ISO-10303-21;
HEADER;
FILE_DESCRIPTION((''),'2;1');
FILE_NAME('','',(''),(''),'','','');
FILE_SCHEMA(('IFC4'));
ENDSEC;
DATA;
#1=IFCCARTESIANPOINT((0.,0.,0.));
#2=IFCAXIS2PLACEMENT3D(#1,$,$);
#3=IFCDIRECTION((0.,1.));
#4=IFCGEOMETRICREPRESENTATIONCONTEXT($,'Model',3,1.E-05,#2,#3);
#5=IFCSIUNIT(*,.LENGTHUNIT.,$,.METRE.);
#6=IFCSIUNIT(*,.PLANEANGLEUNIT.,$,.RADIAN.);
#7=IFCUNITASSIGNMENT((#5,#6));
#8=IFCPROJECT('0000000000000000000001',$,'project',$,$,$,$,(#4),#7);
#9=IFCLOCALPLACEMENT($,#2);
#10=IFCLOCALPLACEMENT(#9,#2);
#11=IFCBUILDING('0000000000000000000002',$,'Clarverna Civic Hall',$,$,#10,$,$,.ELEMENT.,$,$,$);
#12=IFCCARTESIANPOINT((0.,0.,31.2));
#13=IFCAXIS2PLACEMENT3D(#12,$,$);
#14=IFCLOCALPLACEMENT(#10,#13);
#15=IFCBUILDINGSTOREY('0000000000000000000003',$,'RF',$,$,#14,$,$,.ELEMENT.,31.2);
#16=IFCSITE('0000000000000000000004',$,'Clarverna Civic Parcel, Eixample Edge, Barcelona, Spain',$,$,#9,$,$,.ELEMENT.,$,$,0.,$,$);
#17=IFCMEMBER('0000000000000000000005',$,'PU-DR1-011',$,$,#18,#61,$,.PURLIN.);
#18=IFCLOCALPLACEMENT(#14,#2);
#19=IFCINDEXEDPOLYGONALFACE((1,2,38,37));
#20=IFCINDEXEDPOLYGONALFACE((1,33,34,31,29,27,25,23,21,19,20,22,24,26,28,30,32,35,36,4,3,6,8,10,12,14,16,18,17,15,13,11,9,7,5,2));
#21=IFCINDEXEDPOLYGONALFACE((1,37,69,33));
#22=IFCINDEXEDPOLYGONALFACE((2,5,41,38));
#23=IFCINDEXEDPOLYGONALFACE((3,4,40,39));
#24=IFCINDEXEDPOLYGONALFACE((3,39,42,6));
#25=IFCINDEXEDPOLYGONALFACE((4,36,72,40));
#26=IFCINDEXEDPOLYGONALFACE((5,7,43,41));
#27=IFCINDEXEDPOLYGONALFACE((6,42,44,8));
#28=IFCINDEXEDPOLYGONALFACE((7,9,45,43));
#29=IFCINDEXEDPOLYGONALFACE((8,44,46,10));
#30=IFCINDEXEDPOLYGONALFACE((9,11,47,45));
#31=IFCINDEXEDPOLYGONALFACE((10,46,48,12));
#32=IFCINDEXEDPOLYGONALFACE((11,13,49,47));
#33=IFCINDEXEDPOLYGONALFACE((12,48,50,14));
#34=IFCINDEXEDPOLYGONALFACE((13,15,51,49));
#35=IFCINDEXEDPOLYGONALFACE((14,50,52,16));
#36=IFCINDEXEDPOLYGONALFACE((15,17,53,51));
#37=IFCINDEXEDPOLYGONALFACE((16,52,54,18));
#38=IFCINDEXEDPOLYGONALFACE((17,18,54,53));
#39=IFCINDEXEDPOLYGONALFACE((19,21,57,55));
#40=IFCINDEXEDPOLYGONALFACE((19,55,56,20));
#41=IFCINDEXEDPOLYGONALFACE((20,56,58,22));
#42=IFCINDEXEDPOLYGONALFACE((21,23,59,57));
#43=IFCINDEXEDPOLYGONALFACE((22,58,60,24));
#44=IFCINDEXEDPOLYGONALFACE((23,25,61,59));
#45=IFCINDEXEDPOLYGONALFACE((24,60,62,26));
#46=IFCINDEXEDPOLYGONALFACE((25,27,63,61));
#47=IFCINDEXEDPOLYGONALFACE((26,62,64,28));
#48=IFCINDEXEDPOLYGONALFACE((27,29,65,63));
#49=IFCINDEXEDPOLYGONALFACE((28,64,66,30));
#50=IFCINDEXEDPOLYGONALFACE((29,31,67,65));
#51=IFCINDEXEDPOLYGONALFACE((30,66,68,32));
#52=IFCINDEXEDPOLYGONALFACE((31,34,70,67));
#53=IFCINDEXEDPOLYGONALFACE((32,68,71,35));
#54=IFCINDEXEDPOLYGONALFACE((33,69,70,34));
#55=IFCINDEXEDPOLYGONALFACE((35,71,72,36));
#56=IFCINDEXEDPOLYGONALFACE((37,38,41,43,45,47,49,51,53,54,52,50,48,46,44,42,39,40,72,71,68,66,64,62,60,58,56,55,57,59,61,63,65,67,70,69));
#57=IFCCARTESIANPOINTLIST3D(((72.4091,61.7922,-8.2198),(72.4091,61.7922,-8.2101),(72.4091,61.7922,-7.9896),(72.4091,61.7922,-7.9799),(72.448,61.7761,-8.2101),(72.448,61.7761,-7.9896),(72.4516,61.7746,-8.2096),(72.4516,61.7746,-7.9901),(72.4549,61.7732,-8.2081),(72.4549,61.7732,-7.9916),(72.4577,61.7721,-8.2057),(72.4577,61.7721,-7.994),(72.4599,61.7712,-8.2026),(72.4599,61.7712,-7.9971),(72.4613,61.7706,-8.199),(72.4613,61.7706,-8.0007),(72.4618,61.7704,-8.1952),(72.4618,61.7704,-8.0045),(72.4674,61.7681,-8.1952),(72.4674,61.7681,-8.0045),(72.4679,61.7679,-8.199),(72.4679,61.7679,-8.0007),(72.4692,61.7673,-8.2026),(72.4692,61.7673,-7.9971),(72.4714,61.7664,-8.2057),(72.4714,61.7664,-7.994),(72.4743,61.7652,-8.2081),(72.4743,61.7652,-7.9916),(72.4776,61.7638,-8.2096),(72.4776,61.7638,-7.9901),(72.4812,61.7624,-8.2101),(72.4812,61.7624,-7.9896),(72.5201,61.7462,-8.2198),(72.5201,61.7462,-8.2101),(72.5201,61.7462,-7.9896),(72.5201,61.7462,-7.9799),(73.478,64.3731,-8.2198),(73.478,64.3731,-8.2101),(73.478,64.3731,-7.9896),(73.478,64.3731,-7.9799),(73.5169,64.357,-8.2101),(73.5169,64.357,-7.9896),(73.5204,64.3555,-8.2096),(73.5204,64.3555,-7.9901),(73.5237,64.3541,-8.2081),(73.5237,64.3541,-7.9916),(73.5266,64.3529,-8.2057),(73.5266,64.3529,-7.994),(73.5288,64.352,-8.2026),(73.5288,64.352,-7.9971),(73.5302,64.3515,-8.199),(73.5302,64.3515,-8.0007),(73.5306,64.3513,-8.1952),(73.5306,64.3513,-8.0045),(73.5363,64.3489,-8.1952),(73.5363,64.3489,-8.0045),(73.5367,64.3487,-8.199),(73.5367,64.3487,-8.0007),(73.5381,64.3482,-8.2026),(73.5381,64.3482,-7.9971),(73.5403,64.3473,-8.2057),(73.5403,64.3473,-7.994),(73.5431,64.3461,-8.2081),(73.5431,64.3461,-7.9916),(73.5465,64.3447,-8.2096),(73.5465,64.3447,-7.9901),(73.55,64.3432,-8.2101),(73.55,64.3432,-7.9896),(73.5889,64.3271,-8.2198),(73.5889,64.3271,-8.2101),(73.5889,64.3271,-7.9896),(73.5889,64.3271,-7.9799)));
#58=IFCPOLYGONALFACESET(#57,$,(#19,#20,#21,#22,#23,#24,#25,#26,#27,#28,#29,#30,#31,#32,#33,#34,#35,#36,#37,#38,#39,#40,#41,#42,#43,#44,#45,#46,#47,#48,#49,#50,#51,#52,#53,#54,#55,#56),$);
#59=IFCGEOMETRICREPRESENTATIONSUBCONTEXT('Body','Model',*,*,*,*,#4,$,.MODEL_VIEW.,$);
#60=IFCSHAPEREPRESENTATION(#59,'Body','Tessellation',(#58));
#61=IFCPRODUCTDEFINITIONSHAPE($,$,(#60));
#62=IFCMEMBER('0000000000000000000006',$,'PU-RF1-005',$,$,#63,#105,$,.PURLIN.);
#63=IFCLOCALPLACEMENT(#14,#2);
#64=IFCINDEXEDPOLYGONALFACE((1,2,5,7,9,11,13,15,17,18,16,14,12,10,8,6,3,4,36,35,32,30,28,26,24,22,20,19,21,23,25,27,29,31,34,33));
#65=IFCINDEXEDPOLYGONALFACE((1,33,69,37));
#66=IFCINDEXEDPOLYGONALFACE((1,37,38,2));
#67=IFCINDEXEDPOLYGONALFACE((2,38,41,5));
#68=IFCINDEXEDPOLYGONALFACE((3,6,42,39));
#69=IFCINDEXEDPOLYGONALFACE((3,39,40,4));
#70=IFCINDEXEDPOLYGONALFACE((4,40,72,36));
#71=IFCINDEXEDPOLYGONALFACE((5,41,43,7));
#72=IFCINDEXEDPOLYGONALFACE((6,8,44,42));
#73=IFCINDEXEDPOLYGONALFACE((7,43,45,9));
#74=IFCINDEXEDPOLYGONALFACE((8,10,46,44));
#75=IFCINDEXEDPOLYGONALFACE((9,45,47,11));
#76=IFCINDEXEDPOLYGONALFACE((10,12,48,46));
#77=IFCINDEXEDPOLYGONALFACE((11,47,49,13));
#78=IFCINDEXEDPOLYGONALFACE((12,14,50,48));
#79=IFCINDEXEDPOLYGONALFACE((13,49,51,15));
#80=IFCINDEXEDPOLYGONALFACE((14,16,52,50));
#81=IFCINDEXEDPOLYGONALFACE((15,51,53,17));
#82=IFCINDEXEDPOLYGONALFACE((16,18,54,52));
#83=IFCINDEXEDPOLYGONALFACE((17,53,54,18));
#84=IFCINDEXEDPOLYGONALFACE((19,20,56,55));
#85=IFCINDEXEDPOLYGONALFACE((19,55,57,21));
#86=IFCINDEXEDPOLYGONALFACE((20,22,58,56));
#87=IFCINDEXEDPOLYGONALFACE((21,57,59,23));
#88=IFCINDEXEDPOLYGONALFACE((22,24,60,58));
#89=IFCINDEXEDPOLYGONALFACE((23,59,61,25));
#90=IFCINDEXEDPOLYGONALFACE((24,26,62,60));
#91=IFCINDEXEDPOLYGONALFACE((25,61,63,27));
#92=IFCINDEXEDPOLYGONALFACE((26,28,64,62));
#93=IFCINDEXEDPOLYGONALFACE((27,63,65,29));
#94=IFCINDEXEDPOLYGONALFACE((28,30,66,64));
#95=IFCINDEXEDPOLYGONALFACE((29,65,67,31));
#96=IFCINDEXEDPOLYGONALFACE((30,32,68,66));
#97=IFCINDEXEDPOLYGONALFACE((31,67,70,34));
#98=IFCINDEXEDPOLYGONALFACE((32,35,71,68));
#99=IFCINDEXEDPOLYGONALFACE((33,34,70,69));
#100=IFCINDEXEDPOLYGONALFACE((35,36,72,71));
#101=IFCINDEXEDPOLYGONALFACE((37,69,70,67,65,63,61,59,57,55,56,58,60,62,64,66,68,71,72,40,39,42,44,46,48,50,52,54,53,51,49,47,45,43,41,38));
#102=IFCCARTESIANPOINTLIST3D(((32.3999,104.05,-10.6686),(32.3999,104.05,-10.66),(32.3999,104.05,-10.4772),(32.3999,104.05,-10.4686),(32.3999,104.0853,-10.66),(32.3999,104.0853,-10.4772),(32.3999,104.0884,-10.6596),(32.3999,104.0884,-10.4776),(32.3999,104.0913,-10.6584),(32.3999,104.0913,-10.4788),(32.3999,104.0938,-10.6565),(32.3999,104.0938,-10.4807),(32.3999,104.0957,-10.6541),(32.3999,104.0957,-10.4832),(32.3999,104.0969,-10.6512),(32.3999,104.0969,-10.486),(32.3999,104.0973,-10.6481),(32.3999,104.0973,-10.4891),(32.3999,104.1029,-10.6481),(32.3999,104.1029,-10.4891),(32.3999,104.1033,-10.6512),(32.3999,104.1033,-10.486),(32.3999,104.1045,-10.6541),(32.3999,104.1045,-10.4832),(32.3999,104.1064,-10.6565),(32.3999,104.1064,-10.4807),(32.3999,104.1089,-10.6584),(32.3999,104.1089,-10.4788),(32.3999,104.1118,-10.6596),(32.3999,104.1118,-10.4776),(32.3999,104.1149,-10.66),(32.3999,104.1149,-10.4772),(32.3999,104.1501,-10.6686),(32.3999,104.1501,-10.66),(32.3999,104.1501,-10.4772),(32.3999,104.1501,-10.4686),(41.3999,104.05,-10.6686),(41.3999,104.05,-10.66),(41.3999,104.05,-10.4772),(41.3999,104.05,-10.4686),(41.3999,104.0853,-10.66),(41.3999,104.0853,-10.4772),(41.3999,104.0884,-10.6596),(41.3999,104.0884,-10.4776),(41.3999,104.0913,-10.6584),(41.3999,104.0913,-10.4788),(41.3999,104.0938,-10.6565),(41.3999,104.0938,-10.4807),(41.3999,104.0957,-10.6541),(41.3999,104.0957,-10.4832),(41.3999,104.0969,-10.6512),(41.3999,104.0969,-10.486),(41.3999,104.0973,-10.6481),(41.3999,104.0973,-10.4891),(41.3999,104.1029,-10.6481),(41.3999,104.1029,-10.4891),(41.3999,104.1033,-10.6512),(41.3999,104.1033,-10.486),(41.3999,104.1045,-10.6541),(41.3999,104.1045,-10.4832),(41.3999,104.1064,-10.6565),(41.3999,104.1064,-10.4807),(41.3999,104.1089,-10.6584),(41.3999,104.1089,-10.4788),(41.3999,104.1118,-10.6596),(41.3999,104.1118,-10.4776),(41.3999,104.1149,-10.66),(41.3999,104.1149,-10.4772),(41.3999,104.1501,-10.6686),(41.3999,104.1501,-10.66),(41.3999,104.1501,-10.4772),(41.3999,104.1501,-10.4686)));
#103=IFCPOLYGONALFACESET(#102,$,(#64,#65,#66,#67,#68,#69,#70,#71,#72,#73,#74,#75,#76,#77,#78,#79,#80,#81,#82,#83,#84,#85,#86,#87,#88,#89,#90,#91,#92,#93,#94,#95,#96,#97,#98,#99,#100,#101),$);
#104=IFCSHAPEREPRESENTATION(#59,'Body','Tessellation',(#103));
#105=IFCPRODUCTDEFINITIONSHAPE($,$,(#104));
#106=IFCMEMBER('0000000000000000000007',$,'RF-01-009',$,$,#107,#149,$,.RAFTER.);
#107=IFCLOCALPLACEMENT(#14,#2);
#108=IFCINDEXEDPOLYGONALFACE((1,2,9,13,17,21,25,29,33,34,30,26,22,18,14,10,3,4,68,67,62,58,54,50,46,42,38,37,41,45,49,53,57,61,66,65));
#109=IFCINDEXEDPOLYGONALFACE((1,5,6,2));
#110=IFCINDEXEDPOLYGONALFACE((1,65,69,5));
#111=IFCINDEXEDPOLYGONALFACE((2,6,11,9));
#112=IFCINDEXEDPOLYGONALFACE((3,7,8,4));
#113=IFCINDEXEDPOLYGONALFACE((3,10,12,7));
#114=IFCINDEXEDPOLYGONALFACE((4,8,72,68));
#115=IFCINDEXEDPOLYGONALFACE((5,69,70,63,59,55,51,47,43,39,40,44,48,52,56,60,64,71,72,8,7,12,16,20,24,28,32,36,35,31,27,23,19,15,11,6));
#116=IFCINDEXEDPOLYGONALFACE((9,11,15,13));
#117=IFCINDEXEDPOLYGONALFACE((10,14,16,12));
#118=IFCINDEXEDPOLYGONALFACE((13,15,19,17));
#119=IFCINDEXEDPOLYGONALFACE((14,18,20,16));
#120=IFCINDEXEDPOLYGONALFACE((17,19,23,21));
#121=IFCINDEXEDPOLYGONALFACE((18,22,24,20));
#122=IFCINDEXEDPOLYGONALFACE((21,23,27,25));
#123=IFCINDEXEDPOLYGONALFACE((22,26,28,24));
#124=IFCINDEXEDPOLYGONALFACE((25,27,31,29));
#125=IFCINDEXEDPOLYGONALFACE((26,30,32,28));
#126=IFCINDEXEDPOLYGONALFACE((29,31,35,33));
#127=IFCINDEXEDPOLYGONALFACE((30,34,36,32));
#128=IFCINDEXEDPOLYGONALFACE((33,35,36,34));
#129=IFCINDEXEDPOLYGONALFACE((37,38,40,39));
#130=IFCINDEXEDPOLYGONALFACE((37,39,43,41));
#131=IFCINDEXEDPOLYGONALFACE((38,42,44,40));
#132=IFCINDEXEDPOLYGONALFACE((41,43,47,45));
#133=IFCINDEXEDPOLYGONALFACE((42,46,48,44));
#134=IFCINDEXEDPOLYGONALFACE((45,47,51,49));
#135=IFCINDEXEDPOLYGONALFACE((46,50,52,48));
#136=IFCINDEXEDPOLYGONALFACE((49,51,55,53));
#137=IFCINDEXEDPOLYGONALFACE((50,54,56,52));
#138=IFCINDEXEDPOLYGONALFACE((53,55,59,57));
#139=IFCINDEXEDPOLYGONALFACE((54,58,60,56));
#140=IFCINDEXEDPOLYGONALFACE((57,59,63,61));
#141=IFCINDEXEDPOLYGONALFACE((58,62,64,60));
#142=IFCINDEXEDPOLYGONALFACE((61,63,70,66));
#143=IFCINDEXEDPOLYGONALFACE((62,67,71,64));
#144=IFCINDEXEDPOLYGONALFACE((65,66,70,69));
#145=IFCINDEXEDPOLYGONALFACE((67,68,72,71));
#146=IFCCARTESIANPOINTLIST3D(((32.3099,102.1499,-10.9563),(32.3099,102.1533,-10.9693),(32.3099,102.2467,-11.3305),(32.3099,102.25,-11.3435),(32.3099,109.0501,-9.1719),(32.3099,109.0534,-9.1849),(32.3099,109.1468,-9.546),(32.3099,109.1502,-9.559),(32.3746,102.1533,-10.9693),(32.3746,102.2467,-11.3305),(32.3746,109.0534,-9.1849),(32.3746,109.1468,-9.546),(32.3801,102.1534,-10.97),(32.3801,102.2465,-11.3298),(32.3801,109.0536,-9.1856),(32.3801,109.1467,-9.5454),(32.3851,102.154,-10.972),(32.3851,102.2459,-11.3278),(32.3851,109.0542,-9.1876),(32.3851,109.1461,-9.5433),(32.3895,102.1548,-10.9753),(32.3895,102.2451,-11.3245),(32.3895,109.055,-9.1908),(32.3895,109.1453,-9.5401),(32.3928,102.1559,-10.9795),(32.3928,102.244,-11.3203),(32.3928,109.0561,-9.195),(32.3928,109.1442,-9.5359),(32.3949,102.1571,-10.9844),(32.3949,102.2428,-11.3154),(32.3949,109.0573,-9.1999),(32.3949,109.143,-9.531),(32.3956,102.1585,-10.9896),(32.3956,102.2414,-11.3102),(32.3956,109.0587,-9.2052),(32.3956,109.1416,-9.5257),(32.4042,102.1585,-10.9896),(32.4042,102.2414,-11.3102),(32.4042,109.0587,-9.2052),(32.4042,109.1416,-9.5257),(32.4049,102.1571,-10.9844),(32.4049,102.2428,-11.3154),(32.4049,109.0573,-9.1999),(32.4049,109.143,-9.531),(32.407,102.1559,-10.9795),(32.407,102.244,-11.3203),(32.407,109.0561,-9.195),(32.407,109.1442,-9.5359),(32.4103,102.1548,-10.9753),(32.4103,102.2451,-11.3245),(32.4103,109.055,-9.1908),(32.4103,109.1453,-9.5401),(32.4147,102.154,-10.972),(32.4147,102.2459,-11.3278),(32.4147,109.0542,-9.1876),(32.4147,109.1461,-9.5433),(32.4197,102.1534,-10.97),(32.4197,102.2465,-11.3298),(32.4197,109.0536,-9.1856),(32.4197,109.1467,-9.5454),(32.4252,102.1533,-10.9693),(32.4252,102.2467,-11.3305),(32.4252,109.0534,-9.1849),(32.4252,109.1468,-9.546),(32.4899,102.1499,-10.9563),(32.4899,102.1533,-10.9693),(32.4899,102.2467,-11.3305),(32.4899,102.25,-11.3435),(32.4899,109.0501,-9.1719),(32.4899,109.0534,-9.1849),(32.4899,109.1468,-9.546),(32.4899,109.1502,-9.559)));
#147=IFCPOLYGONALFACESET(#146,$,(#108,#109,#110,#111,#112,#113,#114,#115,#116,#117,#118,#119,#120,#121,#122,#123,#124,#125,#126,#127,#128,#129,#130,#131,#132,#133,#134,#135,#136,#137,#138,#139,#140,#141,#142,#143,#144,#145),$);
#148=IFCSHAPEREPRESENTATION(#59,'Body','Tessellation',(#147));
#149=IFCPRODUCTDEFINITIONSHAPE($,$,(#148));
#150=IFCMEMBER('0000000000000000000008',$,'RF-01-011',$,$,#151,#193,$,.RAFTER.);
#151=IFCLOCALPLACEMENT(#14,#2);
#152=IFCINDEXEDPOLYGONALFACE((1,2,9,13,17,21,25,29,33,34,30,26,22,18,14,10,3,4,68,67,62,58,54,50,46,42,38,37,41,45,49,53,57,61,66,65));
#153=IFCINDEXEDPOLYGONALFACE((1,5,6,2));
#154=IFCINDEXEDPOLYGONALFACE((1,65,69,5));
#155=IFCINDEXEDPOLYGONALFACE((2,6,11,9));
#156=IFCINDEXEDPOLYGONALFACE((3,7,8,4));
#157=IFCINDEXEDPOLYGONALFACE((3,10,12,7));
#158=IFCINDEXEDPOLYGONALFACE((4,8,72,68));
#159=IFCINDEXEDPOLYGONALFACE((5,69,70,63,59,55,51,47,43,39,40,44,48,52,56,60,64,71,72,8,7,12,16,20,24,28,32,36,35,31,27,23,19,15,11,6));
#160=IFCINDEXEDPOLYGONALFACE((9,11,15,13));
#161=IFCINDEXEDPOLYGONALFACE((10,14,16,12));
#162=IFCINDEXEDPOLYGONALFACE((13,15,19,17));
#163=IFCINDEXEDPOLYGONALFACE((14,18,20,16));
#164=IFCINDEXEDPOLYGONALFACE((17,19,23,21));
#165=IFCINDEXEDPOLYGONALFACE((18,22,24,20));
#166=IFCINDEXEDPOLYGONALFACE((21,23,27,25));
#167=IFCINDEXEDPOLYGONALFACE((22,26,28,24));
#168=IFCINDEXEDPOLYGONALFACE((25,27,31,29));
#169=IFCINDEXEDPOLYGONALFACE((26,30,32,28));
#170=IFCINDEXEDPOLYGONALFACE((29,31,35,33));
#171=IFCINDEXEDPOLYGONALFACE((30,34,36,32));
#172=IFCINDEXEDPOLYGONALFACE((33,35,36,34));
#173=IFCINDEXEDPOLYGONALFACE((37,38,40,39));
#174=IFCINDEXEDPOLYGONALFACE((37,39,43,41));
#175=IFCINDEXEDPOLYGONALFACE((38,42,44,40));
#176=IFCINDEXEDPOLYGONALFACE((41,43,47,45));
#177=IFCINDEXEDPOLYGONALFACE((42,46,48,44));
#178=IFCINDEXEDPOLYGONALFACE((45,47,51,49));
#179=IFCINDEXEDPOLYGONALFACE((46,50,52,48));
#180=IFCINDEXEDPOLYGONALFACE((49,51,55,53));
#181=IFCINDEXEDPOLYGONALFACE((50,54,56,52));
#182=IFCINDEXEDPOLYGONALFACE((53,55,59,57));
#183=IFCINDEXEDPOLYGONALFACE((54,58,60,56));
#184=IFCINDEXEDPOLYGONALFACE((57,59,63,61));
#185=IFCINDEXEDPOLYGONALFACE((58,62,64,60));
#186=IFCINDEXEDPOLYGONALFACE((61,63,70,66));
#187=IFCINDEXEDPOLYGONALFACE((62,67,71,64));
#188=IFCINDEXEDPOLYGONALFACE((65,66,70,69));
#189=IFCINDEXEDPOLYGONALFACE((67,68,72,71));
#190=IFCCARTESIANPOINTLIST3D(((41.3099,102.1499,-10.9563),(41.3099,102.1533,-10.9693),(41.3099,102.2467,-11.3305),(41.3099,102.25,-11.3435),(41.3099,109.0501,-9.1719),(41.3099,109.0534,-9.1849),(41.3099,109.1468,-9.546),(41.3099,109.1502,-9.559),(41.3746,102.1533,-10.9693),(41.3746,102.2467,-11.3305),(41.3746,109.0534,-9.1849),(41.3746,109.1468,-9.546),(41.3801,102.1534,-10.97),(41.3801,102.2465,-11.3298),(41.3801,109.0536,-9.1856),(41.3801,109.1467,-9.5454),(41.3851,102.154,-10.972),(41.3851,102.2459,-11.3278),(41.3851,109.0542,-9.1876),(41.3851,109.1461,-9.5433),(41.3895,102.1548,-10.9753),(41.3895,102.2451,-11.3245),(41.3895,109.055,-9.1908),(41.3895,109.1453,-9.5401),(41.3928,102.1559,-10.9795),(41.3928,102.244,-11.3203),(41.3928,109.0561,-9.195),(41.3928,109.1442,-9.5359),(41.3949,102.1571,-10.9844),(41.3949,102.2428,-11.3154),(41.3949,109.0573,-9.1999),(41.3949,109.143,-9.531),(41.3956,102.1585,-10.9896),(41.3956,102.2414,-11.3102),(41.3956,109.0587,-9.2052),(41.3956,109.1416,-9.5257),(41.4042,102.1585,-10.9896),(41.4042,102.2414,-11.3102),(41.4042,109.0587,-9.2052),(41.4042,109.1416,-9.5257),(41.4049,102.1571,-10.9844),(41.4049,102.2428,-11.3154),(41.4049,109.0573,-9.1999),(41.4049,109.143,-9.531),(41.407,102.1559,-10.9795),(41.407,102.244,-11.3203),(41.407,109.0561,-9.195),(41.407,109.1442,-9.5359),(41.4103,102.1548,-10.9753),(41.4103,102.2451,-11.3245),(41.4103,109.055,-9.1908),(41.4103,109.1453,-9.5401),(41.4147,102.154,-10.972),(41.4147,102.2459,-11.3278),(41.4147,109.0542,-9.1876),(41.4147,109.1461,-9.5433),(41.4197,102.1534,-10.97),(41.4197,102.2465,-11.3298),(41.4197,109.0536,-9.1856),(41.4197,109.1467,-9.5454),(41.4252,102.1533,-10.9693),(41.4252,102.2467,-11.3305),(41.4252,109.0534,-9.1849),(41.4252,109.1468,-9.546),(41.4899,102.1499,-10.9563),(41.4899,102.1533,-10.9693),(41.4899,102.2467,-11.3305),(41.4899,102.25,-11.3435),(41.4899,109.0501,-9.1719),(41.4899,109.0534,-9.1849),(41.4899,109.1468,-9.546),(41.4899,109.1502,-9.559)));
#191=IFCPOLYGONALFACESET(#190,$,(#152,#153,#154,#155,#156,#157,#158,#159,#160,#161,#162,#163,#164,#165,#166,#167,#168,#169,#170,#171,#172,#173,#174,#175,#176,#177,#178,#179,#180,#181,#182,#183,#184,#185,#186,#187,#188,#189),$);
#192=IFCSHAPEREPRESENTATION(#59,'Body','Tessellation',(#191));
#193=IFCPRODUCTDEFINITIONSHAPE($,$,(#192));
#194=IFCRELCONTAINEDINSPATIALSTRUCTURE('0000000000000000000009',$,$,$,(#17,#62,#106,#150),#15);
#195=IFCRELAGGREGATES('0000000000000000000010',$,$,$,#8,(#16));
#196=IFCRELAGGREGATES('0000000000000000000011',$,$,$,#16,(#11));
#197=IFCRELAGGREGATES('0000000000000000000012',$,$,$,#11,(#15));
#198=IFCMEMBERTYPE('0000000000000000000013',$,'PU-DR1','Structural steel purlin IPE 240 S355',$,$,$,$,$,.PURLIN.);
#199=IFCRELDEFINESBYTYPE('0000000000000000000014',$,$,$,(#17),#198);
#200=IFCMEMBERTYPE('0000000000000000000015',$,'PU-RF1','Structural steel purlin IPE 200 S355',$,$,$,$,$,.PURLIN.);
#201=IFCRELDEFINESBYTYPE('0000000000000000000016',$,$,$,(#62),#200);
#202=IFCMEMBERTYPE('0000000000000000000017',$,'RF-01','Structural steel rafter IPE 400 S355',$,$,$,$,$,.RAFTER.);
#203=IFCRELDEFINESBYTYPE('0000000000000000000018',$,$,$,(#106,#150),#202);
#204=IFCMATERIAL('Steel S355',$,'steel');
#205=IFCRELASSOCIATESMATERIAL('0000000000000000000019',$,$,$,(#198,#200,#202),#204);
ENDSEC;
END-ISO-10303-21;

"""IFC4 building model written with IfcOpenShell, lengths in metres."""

from ifc_helpers import new_model, si_unit, direction, frame, origin, origin_2d, place, context, subcontext, project, spatial, i_section, extrude, material, material_profile, profile_set, type_object, element, save


model = new_model("IFC4")

# Units and contexts
model_context = context("Model", 3, precision=1e-05, world=origin(), true_north=direction((0.0, 1.0)))
body_context = subcontext(model_context, "Body", "Model", "MODEL_VIEW")
ifc_project = project(units=[si_unit("LENGTHUNIT", "METRE"), si_unit("PLANEANGLEUNIT", "RADIAN")], contexts=[model_context])

# Site, building, storey
site_placement = place(None, origin())
site = spatial("IfcSite", under=ifc_project, at=site_placement, Name="Clarverna Civic Parcel, Eixample Edge, Barcelona, Spain", CompositionType="ELEMENT", RefElevation=0.0)
building_placement = place(site_placement, origin())
building = spatial("IfcBuilding", under=site, at=building_placement, Name="Clarverna Civic Hall", CompositionType="ELEMENT")
storey_placement = place(building_placement, frame((0.0, 0.0, 31.2)))
storey = spatial("IfcBuildingStorey", under=building, at=storey_placement, Name="RF", CompositionType="ELEMENT", Elevation=31.2)

# Members
ifc_material_1 = material(Name="Steel S355", Category="steel")
ifc_material_profile_1 = material_profile(ifc_material_1, i_section(OverallWidth=0.1201, OverallDepth=0.24, WebThickness=0.0061, FlangeThickness=0.0098, FilletRadius=0.0149, at=origin_2d()), Name="IPE 240")
ifc_profile_set_1 = profile_set([ifc_material_profile_1], Name="Steel S355")
member_type_1 = type_object("IfcMemberType", Name="PU-DR1", Description="Structural steel purlin IPE 240 S355", PredefinedType="PURLIN", material=ifc_profile_set_1)
member_1_placement = place(storey_placement, frame((73.5334, 64.3501, -8.0999), z_axis=(-0.382635, -0.9239, 0.0), x_axis=(0.9239, -0.382635, 0.0)))
element("IfcMember", 1, at=member_1_placement, inside=storey, type_object=member_type_1, Name="PU-DR1-011", PredefinedType="PURLIN", context=body_context, shape_type="SweptSolid", body=[
    extrude(i_section(OverallWidth=0.1201, OverallDepth=0.24, WebThickness=0.0061, FlangeThickness=0.0098, FilletRadius=0.0149, at=origin_2d()), origin(), (0.0, 0.0, 1.0), 2.7935),
])
ifc_material_profile_2 = material_profile(ifc_material_1, i_section(OverallWidth=0.1001, OverallDepth=0.2, WebThickness=0.0056, FlangeThickness=0.0085, FilletRadius=0.012, at=origin_2d()), Name="IPE 200")
ifc_profile_set_2 = profile_set([ifc_material_profile_2], Name="Steel S355")
member_type_2 = type_object("IfcMemberType", Name="PU-RF1", Description="Structural steel purlin IPE 200 S355", PredefinedType="PURLIN", material=ifc_profile_set_2)
member_2_placement = place(storey_placement, frame((32.3999, 104.1001, -10.5686), z_axis=(1.0, 0.0, 0.0), x_axis=(0.0, 1.0, 0.0)))
element("IfcMember", 2, at=member_2_placement, inside=storey, type_object=member_type_2, Name="PU-RF1-005", PredefinedType="PURLIN", context=body_context, shape_type="SweptSolid", body=[
    extrude(i_section(OverallWidth=0.1001, OverallDepth=0.2, WebThickness=0.0056, FlangeThickness=0.0085, FilletRadius=0.012, at=origin_2d()), origin(), (0.0, 0.0, 1.0), 9.0),
])
ifc_material_profile_3 = material_profile(ifc_material_1, i_section(OverallWidth=0.1799, OverallDepth=0.3999, WebThickness=0.0085, FlangeThickness=0.0134, FilletRadius=0.021, at=origin_2d()), Name="IPE 400")
ifc_profile_set_3 = profile_set([ifc_material_profile_3], Name="Steel S355")
member_type_3 = type_object("IfcMemberType", Name="RF-01", Description="Structural steel rafter IPE 400 S355", PredefinedType="RAFTER", material=ifc_profile_set_3)
for number, where, z_axis, x_axis, name in (
    (3, (32.3999, 102.2, -11.1499), (0.0, 0.96815, 0.25037), (-1.0, 0.0, 0.0), "RF-01-009"),
    (4, (41.3999, 102.2, -11.1499), (0.0, 0.96815, 0.25037), (-1.0, 0.0, 0.0), "RF-01-011"),
):
    element("IfcMember", number, at=place(storey_placement, frame(where, z_axis=z_axis, x_axis=x_axis)), inside=storey, type_object=member_type_3, Name=name, PredefinedType="RAFTER", context=body_context, shape_type="SweptSolid", body=[
        extrude(i_section(OverallWidth=0.1799, OverallDepth=0.3999, WebThickness=0.0085, FlangeThickness=0.0134, FilletRadius=0.021, at=origin_2d()), origin(), (0.0, 0.0, 1.0), 7.1272),
    ])

save(model, "model.ifc")
